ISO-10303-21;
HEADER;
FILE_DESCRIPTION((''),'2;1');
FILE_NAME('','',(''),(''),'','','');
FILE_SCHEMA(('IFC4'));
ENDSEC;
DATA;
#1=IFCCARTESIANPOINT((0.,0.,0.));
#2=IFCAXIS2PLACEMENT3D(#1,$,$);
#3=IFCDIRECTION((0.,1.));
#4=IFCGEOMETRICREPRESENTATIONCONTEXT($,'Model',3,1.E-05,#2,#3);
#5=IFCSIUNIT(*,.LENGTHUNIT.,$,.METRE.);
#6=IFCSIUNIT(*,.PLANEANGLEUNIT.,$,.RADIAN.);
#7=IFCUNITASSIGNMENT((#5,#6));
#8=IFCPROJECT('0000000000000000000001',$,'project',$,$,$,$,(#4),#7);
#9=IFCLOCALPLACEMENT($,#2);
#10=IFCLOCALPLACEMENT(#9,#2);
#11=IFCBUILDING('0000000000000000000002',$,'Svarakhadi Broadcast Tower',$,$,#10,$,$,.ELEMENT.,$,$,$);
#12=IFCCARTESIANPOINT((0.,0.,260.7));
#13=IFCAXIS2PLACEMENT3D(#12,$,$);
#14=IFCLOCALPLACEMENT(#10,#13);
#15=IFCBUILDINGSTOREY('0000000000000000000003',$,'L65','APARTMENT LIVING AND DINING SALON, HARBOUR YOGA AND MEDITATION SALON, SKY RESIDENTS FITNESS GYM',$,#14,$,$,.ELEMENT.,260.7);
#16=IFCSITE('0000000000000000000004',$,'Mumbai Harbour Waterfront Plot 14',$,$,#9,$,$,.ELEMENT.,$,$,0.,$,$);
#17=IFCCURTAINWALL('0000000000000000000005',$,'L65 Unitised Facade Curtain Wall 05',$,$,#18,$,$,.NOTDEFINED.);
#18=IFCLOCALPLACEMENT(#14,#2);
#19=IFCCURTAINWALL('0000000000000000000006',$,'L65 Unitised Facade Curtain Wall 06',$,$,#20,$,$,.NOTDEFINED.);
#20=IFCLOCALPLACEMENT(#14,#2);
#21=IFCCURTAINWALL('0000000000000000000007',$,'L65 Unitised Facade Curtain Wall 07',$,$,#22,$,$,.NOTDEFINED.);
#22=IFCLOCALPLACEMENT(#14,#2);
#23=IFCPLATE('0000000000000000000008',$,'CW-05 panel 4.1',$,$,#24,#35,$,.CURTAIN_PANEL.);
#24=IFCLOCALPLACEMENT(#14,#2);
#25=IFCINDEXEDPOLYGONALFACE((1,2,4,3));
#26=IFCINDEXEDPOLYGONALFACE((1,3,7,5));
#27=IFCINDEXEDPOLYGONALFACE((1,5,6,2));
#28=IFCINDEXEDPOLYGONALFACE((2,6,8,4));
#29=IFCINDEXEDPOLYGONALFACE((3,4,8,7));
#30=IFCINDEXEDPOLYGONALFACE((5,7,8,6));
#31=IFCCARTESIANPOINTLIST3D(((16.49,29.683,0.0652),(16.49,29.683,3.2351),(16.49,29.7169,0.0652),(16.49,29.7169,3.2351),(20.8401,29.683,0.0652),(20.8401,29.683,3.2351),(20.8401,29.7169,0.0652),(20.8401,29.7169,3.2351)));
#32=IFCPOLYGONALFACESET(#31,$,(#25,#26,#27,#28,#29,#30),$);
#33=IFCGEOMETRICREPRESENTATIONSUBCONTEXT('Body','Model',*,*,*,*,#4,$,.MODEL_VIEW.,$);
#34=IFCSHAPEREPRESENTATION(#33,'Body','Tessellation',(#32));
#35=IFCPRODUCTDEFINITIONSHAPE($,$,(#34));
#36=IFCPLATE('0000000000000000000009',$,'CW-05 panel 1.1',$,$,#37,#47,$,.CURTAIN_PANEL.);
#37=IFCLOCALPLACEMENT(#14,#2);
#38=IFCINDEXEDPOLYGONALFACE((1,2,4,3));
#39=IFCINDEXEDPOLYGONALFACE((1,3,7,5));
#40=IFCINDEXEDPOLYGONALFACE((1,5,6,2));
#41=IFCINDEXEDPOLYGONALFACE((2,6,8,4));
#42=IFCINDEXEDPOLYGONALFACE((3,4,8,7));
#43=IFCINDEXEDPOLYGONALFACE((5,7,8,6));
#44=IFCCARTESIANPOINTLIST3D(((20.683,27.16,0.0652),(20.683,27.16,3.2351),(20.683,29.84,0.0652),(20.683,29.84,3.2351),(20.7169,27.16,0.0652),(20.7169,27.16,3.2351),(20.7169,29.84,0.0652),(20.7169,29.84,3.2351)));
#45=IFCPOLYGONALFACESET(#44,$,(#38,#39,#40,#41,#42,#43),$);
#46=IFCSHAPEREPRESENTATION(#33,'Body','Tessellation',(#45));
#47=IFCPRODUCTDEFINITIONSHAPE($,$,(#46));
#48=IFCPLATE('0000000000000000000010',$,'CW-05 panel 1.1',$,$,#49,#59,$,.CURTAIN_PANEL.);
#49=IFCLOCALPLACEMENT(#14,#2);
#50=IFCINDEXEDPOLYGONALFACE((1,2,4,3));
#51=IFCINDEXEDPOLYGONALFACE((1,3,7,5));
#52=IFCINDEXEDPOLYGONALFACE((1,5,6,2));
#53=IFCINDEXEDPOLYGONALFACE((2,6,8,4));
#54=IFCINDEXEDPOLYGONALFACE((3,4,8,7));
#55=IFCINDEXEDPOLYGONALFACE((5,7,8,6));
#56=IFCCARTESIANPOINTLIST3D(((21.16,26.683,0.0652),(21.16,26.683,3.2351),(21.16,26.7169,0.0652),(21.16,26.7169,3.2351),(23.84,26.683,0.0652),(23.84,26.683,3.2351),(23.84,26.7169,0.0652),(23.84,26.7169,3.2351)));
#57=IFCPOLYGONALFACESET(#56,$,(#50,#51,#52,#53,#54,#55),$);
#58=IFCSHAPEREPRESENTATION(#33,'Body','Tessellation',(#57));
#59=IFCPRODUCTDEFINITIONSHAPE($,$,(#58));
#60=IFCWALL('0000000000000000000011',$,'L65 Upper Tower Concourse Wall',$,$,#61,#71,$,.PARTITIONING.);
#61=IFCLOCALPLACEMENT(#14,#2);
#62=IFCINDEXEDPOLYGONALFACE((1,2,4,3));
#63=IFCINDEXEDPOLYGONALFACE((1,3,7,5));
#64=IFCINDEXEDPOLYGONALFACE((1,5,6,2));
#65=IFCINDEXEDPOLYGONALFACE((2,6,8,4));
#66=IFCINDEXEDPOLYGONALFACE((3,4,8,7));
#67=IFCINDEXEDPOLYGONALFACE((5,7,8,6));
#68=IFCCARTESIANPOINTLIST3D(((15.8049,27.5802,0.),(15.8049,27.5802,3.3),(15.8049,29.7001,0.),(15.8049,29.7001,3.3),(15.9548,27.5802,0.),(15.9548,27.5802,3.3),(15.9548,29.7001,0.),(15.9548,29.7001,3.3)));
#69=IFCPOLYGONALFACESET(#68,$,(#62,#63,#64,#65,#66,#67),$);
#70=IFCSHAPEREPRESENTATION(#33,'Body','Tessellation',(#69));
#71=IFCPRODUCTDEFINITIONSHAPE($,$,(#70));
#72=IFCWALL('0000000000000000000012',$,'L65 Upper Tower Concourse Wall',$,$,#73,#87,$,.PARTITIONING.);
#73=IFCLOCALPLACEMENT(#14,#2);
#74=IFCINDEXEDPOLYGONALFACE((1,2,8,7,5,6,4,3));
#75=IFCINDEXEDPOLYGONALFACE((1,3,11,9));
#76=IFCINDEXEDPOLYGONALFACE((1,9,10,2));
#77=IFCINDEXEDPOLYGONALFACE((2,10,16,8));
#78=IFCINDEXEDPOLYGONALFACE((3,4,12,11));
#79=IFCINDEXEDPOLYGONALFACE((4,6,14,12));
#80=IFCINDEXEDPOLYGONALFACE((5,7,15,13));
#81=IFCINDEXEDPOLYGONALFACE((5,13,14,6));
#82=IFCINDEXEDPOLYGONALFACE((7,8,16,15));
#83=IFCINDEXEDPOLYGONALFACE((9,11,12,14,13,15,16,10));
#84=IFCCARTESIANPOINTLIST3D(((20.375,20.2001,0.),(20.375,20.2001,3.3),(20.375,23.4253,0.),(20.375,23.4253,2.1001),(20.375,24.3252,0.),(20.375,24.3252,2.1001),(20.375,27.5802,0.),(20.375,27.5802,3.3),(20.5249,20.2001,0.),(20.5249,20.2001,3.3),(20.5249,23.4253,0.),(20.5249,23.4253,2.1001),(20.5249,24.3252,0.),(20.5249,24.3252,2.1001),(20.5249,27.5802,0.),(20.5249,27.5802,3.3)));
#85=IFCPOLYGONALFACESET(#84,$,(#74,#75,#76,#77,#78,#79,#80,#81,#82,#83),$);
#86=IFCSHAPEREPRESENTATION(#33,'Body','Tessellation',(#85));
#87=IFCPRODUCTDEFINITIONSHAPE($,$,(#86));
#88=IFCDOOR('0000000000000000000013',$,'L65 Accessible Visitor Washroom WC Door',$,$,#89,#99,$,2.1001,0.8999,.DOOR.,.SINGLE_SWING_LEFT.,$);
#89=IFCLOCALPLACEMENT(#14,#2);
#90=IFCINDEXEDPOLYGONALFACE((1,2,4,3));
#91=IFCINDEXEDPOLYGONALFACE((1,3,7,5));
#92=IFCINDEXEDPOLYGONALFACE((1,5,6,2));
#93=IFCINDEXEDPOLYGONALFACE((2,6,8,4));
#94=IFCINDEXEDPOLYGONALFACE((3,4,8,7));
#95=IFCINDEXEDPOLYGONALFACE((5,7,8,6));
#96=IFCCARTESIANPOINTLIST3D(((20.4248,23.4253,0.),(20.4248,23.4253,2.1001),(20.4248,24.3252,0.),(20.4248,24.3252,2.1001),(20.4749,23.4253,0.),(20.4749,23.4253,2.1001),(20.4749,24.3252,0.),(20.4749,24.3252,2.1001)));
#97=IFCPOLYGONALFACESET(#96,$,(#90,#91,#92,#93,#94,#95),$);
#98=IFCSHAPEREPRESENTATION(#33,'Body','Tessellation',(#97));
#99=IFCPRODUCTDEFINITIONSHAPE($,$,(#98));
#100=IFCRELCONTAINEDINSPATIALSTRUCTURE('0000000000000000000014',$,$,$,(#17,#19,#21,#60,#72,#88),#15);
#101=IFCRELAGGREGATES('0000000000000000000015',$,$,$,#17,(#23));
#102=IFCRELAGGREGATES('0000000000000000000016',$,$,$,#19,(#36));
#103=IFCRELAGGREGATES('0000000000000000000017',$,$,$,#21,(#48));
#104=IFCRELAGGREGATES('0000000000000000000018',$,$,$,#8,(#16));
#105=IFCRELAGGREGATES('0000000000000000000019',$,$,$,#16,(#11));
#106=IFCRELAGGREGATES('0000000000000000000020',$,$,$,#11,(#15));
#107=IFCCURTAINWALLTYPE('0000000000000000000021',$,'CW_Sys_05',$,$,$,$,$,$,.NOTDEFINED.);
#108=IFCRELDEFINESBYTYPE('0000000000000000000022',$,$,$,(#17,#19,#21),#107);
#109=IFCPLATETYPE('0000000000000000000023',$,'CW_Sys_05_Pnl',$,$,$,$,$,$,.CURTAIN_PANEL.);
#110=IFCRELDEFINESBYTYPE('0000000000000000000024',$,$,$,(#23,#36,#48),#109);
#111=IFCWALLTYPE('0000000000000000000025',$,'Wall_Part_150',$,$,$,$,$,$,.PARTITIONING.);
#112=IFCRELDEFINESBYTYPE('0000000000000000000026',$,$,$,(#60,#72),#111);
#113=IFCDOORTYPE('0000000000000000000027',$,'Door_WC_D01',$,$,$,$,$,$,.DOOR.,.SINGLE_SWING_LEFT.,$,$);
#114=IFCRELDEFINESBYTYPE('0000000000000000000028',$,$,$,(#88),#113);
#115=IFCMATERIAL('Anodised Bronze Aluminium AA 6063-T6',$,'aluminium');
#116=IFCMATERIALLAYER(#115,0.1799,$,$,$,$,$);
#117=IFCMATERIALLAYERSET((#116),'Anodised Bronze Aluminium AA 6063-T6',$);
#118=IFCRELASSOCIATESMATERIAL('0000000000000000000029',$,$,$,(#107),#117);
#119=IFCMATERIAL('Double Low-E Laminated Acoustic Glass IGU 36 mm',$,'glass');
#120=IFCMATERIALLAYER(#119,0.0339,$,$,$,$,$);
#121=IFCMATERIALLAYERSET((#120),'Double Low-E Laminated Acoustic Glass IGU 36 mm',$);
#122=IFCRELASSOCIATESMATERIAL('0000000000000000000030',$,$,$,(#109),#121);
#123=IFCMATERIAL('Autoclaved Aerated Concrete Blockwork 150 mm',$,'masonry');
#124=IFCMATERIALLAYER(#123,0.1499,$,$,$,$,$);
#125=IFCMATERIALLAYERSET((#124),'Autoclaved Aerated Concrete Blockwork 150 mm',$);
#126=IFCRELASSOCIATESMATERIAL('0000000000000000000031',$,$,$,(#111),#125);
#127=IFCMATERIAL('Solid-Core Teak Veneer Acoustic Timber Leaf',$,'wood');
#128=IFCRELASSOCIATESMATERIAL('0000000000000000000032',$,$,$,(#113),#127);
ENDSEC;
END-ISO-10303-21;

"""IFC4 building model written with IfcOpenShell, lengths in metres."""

from ifc_helpers import new_model, si_unit, direction, frame, frame_2d, origin, origin_2d, place, context, subcontext, project, spatial, rectangle, extrude, material, layer, layer_set, type_object, element, fill, aggregate, save


model = new_model("IFC4")

# Units and contexts
model_context = context("Model", 3, precision=1e-05, world=origin(), true_north=direction((0.0, 1.0)))
body_context = subcontext(model_context, "Body", "Model", "MODEL_VIEW")
ifc_project = project(units=[si_unit("LENGTHUNIT", "METRE"), si_unit("PLANEANGLEUNIT", "RADIAN")], contexts=[model_context])

# Site, building, storey
site_placement = place(None, origin())
site = spatial("IfcSite", under=ifc_project, at=site_placement, Name="Mumbai Harbour Waterfront Plot 14", CompositionType="ELEMENT", RefElevation=0.0)
building_placement = place(site_placement, origin())
building = spatial("IfcBuilding", under=site, at=building_placement, Name="Svarakhadi Broadcast Tower", CompositionType="ELEMENT")
storey_placement = place(building_placement, frame((0.0, 0.0, 260.7)))
storey = spatial("IfcBuildingStorey", under=building, at=storey_placement, Name="L65", Description="APARTMENT LIVING AND DINING SALON, HARBOUR YOGA AND MEDITATION SALON, SKY RESIDENTS FITNESS GYM", CompositionType="ELEMENT", Elevation=260.7)

# Curtain walls
ifc_material_1 = material(Name="Anodised Bronze Aluminium AA 6063-T6", Category="aluminium")
ifc_layer_1 = layer(ifc_material_1, 0.1799)
ifc_layer_set_1 = layer_set([ifc_layer_1], Name="Anodised Bronze Aluminium AA 6063-T6")
curtain_wall_type = type_object("IfcCurtainWallType", Name="CW_Sys_05", PredefinedType="NOTDEFINED", material=ifc_layer_set_1)
curtain_wall_1_placement = place(storey_placement, origin())
curtain_wall_1 = element("IfcCurtainWall", 1, at=curtain_wall_1_placement, inside=storey, type_object=curtain_wall_type, Name="L65 Unitised Facade Curtain Wall 05", PredefinedType="NOTDEFINED")
curtain_wall_2_placement = place(storey_placement, origin())
curtain_wall_2 = element("IfcCurtainWall", 2, at=curtain_wall_2_placement, inside=storey, type_object=curtain_wall_type, Name="L65 Unitised Facade Curtain Wall 06", PredefinedType="NOTDEFINED")

# Curtain wall
curtain_wall_3_placement = place(storey_placement, origin())
curtain_wall_3 = element("IfcCurtainWall", 3, at=curtain_wall_3_placement, inside=storey, type_object=curtain_wall_type, Name="L65 Unitised Facade Curtain Wall 07", PredefinedType="NOTDEFINED")

# Plates
ifc_material_2 = material(Name="Double Low-E Laminated Acoustic Glass IGU 36 mm", Category="glass")
ifc_layer_2 = layer(ifc_material_2, 0.0339)
ifc_layer_set_2 = layer_set([ifc_layer_2], Name="Double Low-E Laminated Acoustic Glass IGU 36 mm")
plate_type = type_object("IfcPlateType", Name="CW_Sys_05_Pnl", PredefinedType="CURTAIN_PANEL", material=ifc_layer_set_2)
plate_1_placement = place(storey_placement, frame((18.665, 29.7, 0.0652), z_axis=(0.0, 0.0, 1.0), x_axis=(1.0, 0.0, 0.0)))
plate_1 = element("IfcPlate", 4, at=plate_1_placement, type_object=plate_type, Name="CW-05 panel 4.1", PredefinedType="CURTAIN_PANEL", context=body_context, shape_type="SweptSolid", body=[
    extrude(rectangle(XDim=4.3501, YDim=0.0339, at=origin_2d()), origin(), (0.0, 0.0, 1.0), 3.1699),
])
aggregate(curtain_wall_1, [plate_1])
plate_2_placement = place(storey_placement, frame((20.7, 28.5, 0.0652), z_axis=(0.0, 0.0, 1.0), x_axis=(0.0, -1.0, 0.0)))
plate_2 = element("IfcPlate", 5, at=plate_2_placement, type_object=plate_type, Name="CW-05 panel 1.1", PredefinedType="CURTAIN_PANEL", context=body_context, shape_type="SweptSolid", body=[
    extrude(rectangle(XDim=2.6799, YDim=0.0339, at=origin_2d()), origin(), (0.0, 0.0, 1.0), 3.1699),
])
aggregate(curtain_wall_2, [plate_2])
plate_3_placement = place(storey_placement, frame((22.5, 26.7, 0.0652), z_axis=(0.0, 0.0, 1.0), x_axis=(1.0, 0.0, 0.0)))
plate_3 = element("IfcPlate", 6, at=plate_3_placement, type_object=plate_type, Name="CW-05 panel 1.1", PredefinedType="CURTAIN_PANEL", context=body_context, shape_type="SweptSolid", body=[
    extrude(rectangle(XDim=2.6799, YDim=0.0339, at=origin_2d()), origin(), (0.0, 0.0, 1.0), 3.1699),
])
aggregate(curtain_wall_3, [plate_3])

# Wall
ifc_material_3 = material(Name="Autoclaved Aerated Concrete Blockwork 150 mm", Category="masonry")
ifc_layer_3 = layer(ifc_material_3, 0.1499)
ifc_layer_set_3 = layer_set([ifc_layer_3], Name="Autoclaved Aerated Concrete Blockwork 150 mm")
wall_type = type_object("IfcWallType", Name="Wall_Part_150", PredefinedType="PARTITIONING", material=ifc_layer_set_3)
wall_1_placement = place(storey_placement, frame((15.8799, 27.5801, 0.0), z_axis=(0.0, 0.0, 1.0), x_axis=(0.0, 1.0, 0.0)))
element("IfcWall", 7, at=wall_1_placement, inside=storey, type_object=wall_type, Name="L65 Upper Tower Concourse Wall", PredefinedType="PARTITIONING", context=body_context, shape_type="SweptSolid", body=[
    extrude(rectangle(XDim=2.1199, YDim=0.1499, at=frame_2d((1.0601, 0.0))), origin(), (0.0, 0.0, 1.0), 3.3),
])

# Wall, opening, door
wall_2_placement = place(storey_placement, frame((20.45, 27.5801, 0.0), z_axis=(0.0, 0.0, 1.0), x_axis=(0.0, -1.0, 0.0)))
wall_2 = element("IfcWall", 8, at=wall_2_placement, inside=storey, type_object=wall_type, Name="L65 Upper Tower Concourse Wall", PredefinedType="PARTITIONING", context=body_context, shape_type="SweptSolid", body=[
    extrude(rectangle(XDim=7.3801, YDim=0.1499, at=frame_2d((3.6899, 0.0))), origin(), (0.0, 0.0, 1.0), 3.3),
])
opening_placement = place(wall_2_placement, frame((3.2549, 0.0, 0.0)))
opening = element("IfcOpeningElement", 9, at=opening_placement, cuts=wall_2, PredefinedType="OPENING", context=body_context, shape_type="SweptSolid", body=[
    extrude(rectangle(XDim=0.8999, YDim=2.1001, at=frame_2d((0.45, 1.05))), frame((0.0, 0.085, 0.0), z_axis=(0.0, -1.0, 0.0), x_axis=(1.0, 0.0, 0.0)), (0.0, 0.0, 1.0), 0.1699),
])
ifc_material_4 = material(Name="Solid-Core Teak Veneer Acoustic Timber Leaf", Category="wood")
door_type = type_object("IfcDoorType", Name="Door_WC_D01", OperationType="SINGLE_SWING_LEFT", PredefinedType="DOOR", material=ifc_material_4)
door_placement = place(opening_placement, origin())
door = element("IfcDoor", 10, at=door_placement, inside=storey, type_object=door_type, Name="L65 Accessible Visitor Washroom WC Door", OperationType="SINGLE_SWING_LEFT", OverallHeight=2.1001, OverallWidth=0.8999, PredefinedType="DOOR", context=body_context, shape_type="SweptSolid", body=[
    extrude(rectangle(XDim=0.8999, YDim=2.1001, at=frame_2d((0.45, 1.05))), frame((0.0, 0.0249, 0.0), z_axis=(0.0, -1.0, 0.0), x_axis=(1.0, 0.0, 0.0)), (0.0, 0.0, 1.0), 0.05),
])
fill(opening, door)

save(model, "model.ifc")
